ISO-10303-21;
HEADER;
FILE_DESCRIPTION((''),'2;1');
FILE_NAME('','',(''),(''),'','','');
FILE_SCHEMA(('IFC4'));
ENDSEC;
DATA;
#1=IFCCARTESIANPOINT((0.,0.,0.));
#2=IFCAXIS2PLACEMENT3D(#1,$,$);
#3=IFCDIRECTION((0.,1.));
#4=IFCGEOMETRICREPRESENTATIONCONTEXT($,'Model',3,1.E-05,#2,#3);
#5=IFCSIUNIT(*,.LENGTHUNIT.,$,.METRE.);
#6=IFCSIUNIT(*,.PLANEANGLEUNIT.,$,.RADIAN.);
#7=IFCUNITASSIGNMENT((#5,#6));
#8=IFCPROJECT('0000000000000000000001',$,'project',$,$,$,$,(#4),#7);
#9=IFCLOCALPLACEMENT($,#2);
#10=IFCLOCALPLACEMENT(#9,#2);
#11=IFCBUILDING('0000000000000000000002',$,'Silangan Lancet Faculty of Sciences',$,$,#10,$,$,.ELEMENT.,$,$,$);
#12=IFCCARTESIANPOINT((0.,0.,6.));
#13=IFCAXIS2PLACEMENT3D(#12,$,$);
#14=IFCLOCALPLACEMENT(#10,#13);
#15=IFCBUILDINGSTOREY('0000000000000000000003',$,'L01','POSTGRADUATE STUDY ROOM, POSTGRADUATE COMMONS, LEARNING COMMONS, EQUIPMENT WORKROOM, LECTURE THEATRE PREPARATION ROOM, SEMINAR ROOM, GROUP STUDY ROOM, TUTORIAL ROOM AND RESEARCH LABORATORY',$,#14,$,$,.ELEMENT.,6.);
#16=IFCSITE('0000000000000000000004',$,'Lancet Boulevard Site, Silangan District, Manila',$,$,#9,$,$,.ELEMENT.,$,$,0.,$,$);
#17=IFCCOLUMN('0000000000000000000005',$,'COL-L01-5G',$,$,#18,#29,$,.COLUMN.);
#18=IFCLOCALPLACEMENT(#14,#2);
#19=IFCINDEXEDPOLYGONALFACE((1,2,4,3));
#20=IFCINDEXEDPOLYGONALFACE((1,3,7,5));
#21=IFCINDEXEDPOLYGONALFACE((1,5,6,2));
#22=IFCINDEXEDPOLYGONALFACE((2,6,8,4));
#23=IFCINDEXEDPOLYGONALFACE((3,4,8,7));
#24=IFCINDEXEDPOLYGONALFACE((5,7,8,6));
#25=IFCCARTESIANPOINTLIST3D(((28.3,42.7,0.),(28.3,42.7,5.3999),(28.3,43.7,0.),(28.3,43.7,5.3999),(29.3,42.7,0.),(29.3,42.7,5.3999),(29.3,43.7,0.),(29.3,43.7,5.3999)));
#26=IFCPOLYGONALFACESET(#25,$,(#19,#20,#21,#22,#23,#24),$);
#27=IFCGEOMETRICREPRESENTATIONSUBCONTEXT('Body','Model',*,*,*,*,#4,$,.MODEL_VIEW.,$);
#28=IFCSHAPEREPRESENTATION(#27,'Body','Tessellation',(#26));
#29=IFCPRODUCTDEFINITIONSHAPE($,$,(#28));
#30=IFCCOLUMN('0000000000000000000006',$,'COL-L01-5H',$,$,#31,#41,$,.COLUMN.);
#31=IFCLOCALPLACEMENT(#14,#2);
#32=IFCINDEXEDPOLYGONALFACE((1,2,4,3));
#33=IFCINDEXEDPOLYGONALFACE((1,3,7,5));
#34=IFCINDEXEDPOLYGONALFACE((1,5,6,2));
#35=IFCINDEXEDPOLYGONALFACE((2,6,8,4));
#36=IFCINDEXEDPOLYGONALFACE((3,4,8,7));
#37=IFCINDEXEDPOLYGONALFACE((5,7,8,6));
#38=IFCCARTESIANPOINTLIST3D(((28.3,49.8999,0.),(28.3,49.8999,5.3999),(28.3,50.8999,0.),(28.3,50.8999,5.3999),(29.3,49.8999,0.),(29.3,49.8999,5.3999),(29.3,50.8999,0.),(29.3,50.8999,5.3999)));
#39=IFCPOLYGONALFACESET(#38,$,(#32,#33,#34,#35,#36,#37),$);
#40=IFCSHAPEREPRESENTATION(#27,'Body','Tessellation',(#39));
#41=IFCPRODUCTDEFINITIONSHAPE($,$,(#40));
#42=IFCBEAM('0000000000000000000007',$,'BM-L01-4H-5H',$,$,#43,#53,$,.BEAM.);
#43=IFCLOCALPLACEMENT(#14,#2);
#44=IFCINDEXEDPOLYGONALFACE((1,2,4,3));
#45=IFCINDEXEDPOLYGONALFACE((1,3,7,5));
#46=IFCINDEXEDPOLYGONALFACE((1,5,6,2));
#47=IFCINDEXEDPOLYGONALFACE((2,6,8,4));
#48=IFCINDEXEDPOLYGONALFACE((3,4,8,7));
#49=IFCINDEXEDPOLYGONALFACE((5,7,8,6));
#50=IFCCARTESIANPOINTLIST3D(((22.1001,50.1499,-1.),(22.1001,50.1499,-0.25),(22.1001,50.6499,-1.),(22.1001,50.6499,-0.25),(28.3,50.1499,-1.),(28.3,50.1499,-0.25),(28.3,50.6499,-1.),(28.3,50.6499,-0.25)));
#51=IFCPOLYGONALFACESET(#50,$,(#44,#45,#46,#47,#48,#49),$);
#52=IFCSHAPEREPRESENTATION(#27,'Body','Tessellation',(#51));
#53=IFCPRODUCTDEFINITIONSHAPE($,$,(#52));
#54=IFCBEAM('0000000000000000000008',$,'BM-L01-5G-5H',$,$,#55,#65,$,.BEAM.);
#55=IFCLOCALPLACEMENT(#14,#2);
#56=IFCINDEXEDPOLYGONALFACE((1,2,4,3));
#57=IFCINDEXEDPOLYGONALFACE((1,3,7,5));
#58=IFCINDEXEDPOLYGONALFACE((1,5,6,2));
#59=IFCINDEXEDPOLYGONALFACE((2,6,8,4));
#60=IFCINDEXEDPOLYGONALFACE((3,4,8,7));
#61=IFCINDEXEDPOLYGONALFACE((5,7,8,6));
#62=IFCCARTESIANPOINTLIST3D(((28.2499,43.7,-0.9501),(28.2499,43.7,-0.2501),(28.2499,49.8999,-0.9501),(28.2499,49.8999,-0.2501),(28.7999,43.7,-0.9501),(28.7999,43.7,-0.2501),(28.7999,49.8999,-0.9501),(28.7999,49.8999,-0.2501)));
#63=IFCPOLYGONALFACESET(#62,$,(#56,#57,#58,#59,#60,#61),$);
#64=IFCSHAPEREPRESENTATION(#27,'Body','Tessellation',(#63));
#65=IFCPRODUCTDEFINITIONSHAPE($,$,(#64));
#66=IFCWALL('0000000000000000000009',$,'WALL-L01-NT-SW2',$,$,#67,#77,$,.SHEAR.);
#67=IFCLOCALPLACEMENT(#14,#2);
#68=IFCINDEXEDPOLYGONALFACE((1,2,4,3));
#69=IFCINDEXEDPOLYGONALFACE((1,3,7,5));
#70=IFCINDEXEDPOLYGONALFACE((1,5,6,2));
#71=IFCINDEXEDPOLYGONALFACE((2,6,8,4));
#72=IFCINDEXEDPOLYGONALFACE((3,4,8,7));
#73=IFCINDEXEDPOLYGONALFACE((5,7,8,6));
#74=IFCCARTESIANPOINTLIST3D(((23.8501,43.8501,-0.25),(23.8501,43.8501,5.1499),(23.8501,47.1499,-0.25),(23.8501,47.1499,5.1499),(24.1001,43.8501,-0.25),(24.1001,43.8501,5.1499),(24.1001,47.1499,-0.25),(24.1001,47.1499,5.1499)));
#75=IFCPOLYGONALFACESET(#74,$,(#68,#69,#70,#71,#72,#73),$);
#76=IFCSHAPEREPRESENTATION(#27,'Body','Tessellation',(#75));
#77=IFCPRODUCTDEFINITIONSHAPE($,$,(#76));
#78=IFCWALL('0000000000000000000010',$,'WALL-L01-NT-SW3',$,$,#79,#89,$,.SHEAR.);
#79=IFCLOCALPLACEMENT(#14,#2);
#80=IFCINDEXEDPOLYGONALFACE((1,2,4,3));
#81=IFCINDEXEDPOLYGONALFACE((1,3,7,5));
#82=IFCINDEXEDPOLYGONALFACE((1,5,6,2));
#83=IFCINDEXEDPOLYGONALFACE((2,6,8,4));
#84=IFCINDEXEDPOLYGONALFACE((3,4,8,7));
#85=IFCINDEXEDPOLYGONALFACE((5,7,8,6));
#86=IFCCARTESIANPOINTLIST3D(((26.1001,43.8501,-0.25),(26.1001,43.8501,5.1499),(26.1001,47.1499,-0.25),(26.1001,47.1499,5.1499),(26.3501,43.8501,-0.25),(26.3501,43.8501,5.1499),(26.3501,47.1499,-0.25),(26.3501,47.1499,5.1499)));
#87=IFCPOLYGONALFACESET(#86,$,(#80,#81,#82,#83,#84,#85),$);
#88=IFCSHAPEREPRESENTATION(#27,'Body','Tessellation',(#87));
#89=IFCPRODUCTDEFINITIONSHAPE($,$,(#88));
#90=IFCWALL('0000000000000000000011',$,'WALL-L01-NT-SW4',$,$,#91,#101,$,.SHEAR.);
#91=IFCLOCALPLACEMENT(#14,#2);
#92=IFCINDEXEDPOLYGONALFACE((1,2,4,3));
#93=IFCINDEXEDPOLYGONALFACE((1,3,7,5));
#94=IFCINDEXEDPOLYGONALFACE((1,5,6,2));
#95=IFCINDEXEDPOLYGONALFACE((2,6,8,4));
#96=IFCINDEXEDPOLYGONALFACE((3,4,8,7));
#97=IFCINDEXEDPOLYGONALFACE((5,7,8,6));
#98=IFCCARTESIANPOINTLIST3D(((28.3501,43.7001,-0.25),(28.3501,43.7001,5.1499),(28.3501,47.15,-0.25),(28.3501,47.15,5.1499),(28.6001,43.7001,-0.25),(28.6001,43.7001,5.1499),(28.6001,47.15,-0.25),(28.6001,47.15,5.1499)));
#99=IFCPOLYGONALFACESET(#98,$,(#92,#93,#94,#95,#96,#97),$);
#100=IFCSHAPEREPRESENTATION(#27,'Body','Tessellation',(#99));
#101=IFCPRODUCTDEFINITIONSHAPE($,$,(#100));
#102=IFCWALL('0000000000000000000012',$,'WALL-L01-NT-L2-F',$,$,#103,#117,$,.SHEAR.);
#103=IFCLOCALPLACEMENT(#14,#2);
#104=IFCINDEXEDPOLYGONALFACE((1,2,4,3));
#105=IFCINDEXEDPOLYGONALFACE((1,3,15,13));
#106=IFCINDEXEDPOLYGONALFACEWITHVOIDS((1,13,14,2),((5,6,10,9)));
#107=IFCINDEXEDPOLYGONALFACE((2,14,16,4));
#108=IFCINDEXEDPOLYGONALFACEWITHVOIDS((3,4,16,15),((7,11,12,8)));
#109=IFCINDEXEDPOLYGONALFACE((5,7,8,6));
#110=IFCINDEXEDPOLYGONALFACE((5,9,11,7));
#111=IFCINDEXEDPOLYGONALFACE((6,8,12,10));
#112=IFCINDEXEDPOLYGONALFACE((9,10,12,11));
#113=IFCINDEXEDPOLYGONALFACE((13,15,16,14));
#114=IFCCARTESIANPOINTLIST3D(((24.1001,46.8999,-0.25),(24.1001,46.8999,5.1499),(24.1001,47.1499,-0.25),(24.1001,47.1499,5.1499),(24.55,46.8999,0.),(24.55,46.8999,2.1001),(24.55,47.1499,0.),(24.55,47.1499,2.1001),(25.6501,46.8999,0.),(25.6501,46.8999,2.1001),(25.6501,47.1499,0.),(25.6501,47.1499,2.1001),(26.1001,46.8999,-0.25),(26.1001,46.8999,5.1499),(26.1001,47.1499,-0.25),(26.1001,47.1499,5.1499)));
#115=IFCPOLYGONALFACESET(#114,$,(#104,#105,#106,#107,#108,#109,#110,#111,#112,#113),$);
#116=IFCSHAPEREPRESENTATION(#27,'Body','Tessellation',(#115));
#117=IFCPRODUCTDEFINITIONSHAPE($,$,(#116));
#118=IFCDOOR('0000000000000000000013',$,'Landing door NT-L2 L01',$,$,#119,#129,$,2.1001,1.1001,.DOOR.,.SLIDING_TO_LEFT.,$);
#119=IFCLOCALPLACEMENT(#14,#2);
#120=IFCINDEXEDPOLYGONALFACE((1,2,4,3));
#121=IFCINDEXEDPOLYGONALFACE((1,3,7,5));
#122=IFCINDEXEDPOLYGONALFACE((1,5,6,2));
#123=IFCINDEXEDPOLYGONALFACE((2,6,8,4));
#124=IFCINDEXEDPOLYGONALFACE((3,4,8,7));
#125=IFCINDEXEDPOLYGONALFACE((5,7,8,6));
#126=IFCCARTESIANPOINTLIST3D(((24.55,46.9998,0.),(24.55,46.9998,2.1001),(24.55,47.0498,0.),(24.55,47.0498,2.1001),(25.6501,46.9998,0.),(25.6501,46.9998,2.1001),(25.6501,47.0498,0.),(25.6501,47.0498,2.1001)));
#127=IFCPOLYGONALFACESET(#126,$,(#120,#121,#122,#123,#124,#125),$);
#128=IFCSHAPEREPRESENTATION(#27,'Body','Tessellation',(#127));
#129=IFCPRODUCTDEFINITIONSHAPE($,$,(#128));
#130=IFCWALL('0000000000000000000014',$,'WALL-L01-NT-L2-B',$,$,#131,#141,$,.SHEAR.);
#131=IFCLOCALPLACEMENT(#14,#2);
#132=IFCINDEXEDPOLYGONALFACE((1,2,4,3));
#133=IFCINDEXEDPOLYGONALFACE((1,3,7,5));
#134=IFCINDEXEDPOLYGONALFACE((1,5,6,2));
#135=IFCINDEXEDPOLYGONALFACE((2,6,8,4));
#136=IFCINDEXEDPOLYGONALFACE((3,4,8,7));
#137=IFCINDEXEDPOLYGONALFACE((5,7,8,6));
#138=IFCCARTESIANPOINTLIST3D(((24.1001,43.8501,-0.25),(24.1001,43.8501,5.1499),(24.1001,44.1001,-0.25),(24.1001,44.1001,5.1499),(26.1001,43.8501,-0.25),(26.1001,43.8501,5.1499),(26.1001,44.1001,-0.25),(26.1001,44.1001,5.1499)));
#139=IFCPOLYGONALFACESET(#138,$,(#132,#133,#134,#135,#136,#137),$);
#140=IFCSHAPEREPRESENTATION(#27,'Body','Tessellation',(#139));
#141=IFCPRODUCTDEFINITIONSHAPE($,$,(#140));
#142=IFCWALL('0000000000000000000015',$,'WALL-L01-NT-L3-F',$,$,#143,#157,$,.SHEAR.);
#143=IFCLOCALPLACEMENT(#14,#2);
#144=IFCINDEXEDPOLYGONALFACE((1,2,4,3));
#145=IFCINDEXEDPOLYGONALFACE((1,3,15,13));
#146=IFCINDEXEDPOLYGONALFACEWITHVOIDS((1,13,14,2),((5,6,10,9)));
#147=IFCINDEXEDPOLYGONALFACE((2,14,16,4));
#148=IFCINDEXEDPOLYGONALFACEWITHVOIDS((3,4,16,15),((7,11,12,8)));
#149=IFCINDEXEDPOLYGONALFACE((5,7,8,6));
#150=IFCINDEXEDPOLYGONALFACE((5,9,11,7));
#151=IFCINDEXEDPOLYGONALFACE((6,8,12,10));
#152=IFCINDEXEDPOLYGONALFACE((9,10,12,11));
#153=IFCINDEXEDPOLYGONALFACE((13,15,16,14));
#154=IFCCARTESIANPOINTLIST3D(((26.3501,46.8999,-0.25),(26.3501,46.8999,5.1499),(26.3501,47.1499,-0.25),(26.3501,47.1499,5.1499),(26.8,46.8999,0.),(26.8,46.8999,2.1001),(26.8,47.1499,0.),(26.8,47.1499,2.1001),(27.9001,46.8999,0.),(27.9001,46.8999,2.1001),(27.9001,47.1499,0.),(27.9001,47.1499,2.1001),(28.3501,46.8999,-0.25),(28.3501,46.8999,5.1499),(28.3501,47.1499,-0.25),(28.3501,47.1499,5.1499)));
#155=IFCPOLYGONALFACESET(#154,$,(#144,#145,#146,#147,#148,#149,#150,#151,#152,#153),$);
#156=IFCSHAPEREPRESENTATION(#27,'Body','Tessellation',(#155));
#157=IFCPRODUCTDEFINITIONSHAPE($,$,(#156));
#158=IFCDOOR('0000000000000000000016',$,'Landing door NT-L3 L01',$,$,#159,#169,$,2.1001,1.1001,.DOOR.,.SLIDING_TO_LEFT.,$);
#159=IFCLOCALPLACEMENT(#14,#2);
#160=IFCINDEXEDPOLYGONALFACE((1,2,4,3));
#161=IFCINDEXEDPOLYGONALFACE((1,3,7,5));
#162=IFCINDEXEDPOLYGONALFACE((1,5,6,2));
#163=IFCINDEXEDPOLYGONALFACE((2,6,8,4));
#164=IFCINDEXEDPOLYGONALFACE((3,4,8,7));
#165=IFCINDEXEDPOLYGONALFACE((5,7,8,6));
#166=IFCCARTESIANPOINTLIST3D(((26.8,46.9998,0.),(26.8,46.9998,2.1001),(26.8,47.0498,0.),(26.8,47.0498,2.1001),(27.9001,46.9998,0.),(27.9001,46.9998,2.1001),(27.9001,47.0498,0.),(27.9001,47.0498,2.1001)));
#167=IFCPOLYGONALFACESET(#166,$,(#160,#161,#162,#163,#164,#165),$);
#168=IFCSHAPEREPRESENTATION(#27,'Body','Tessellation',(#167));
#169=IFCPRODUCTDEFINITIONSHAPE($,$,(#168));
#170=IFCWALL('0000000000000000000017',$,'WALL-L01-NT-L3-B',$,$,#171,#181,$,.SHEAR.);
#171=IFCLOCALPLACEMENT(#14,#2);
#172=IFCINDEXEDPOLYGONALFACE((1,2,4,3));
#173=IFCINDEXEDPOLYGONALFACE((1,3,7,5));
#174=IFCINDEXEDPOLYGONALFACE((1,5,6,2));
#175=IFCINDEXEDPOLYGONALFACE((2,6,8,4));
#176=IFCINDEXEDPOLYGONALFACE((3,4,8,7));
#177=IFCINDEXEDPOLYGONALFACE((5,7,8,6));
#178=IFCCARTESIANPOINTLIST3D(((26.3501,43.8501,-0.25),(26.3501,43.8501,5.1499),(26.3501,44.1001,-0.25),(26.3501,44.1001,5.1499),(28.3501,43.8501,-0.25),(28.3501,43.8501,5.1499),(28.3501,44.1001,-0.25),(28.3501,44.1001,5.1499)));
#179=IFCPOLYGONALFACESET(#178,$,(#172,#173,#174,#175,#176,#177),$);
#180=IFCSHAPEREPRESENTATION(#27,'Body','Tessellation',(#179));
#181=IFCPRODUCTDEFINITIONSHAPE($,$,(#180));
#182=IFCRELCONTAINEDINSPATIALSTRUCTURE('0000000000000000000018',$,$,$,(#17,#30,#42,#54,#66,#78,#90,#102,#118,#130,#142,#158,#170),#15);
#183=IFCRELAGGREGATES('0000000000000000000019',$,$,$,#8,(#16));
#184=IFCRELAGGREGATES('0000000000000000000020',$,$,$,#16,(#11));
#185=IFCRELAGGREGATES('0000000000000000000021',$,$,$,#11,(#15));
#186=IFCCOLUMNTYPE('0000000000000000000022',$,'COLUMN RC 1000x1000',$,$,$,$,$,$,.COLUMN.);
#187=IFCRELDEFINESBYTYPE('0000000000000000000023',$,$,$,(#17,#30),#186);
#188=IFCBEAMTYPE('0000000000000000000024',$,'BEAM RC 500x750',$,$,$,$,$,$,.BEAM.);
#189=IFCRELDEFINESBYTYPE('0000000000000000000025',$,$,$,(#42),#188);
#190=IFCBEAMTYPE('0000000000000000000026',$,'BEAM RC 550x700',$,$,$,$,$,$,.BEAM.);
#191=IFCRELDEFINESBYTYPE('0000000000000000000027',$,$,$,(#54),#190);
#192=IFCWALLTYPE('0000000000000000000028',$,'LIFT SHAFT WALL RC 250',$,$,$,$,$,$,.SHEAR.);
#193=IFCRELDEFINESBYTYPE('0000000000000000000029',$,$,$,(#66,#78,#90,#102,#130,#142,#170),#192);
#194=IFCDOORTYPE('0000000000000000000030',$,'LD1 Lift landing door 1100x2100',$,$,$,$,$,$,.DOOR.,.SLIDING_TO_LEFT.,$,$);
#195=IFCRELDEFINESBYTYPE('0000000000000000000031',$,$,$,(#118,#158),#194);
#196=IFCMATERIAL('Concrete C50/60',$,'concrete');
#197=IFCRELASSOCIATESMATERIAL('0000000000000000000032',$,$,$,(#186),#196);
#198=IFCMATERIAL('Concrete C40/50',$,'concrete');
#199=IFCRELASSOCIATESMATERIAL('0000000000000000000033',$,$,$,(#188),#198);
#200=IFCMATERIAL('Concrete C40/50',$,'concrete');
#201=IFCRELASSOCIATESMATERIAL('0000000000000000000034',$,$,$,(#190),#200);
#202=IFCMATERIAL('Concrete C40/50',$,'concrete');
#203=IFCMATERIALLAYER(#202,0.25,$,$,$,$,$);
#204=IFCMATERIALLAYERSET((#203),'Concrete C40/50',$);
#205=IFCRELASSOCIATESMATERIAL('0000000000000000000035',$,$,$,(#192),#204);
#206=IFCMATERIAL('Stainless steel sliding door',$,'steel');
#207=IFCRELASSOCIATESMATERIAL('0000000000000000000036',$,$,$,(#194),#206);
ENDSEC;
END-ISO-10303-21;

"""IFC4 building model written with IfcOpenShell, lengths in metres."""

from ifc_helpers import new_model, si_unit, direction, frame, frame_2d, origin, origin_2d, place, context, subcontext, project, spatial, rectangle, extrude, material, layer, layer_set, material_profile, profile_set, type_object, element, fill, save


model = new_model("IFC4")

# Units and contexts
model_context = context("Model", 3, precision=1e-05, world=origin(), true_north=direction((0.0, 1.0)))
body_context = subcontext(model_context, "Body", "Model", "MODEL_VIEW")
ifc_project = project(units=[si_unit("LENGTHUNIT", "METRE"), si_unit("PLANEANGLEUNIT", "RADIAN")], contexts=[model_context])

# Site, building, storey
site_placement = place(None, origin())
site = spatial("IfcSite", under=ifc_project, at=site_placement, Name="Lancet Boulevard Site, Silangan District, Manila", CompositionType="ELEMENT", RefElevation=0.0)
building_placement = place(site_placement, origin())
building = spatial("IfcBuilding", under=site, at=building_placement, Name="Silangan Lancet Faculty of Sciences", CompositionType="ELEMENT")
storey_placement = place(building_placement, frame((0.0, 0.0, 6.0)))
storey = spatial("IfcBuildingStorey", under=building, at=storey_placement, Name="L01", Description="POSTGRADUATE STUDY ROOM, POSTGRADUATE COMMONS, LEARNING COMMONS, EQUIPMENT WORKROOM, LECTURE THEATRE PREPARATION ROOM, SEMINAR ROOM, GROUP STUDY ROOM, TUTORIAL ROOM AND RESEARCH LABORATORY", CompositionType="ELEMENT", Elevation=6.0)

# Columns
ifc_material_1 = material(Name="Concrete C50/60", Category="concrete")
ifc_material_profile_1 = material_profile(ifc_material_1, rectangle(XDim=1.0, YDim=1.0, at=origin_2d()), Name="RC 1000x1000")
ifc_profile_set_1 = profile_set([ifc_material_profile_1], Name="Concrete C50/60")
column_type = type_object("IfcColumnType", Name="COLUMN RC 1000x1000", PredefinedType="COLUMN", material=ifc_profile_set_1)
for number, where, z_axis, x_axis, name in (
    (1, (28.8, 43.2, 0.0), (0.0, 0.0, 1.0), (1.0, 0.0, 0.0), "COL-L01-5G"),
    (2, (28.8, 50.3999, 0.0), (0.0, 0.0, 1.0), (1.0, 0.0, 0.0), "COL-L01-5H"),
):
    element("IfcColumn", number, at=place(storey_placement, frame(where, z_axis=z_axis, x_axis=x_axis)), inside=storey, type_object=column_type, Name=name, PredefinedType="COLUMN", context=body_context, shape_type="SweptSolid", body=[
        extrude(rectangle(XDim=1.0, YDim=1.0, at=origin_2d()), origin(), (0.0, 0.0, 1.0), 5.3999),
    ])

# Beams
ifc_material_2 = material(Name="Concrete C40/50", Category="concrete")
ifc_material_profile_2 = material_profile(ifc_material_2, rectangle(XDim=0.5, YDim=0.75, at=origin_2d()), Name="RC 500x750")
ifc_profile_set_2 = profile_set([ifc_material_profile_2], Name="Concrete C40/50")
beam_type_1 = type_object("IfcBeamType", Name="BEAM RC 500x750", PredefinedType="BEAM", material=ifc_profile_set_2)
beam_1_placement = place(storey_placement, frame((22.1001, 50.3999, -0.625), z_axis=(1.0, 0.0, 0.0), x_axis=(0.0, 1.0, 0.0)))
element("IfcBeam", 3, at=beam_1_placement, inside=storey, type_object=beam_type_1, Name="BM-L01-4H-5H", PredefinedType="BEAM", context=body_context, shape_type="SweptSolid", body=[
    extrude(rectangle(XDim=0.5, YDim=0.75, at=origin_2d()), origin(), (0.0, 0.0, 1.0), 6.2),
])
ifc_material_3 = material(Name="Concrete C40/50", Category="concrete")
ifc_material_profile_3 = material_profile(ifc_material_3, rectangle(XDim=0.55, YDim=0.7, at=origin_2d()), Name="RC 550x700")
ifc_profile_set_3 = profile_set([ifc_material_profile_3], Name="Concrete C40/50")
beam_type_2 = type_object("IfcBeamType", Name="BEAM RC 550x700", PredefinedType="BEAM", material=ifc_profile_set_3)
beam_2_placement = place(storey_placement, frame((28.5249, 43.7, -0.6001), z_axis=(0.0, 1.0, 0.0), x_axis=(-1.0, 0.0, 0.0)))
element("IfcBeam", 4, at=beam_2_placement, inside=storey, type_object=beam_type_2, Name="BM-L01-5G-5H", PredefinedType="BEAM", context=body_context, shape_type="SweptSolid", body=[
    extrude(rectangle(XDim=0.55, YDim=0.7, at=origin_2d()), origin(), (0.0, 0.0, 1.0), 6.2),
])

# Walls
ifc_material_4 = material(Name="Concrete C40/50", Category="concrete")
ifc_layer_1 = layer(ifc_material_4, 0.25)
ifc_layer_set_1 = layer_set([ifc_layer_1], Name="Concrete C40/50")
wall_type_1 = type_object("IfcWallType", Name="LIFT SHAFT WALL RC 250", PredefinedType="SHEAR", material=ifc_layer_set_1)
for number, where, z_axis, x_axis, name in (
    (5, (23.9751, 43.8501, -0.25), (0.0, 0.0, 1.0), (0.0, 1.0, 0.0), "WALL-L01-NT-SW2"),
    (6, (26.2251, 43.8501, -0.25), (0.0, 0.0, 1.0), (0.0, 1.0, 0.0), "WALL-L01-NT-SW3"),
):
    element("IfcWall", number, at=place(storey_placement, frame(where, z_axis=z_axis, x_axis=x_axis)), inside=storey, type_object=wall_type_1, Name=name, PredefinedType="SHEAR", context=body_context, shape_type="SweptSolid", body=[
        extrude(rectangle(XDim=3.2998, YDim=0.25, at=frame_2d((1.6499, 0.0))), origin(), (0.0, 0.0, 1.0), 5.3999),
    ])
wall_1_placement = place(storey_placement, frame((28.4751, 43.7, -0.25), z_axis=(0.0, 0.0, 1.0), x_axis=(0.0, 1.0, 0.0)))
element("IfcWall", 7, at=wall_1_placement, inside=storey, type_object=wall_type_1, Name="WALL-L01-NT-SW4", PredefinedType="SHEAR", context=body_context, shape_type="SweptSolid", body=[
    extrude(rectangle(XDim=3.45, YDim=0.25, at=frame_2d((1.7251, 0.0))), origin(), (0.0, 0.0, 1.0), 5.3999),
])

# Wall, opening, door
wall_2_placement = place(storey_placement, frame((24.1001, 47.0249, -0.25), z_axis=(0.0, 0.0, 1.0), x_axis=(1.0, 0.0, 0.0)))
wall_2 = element("IfcWall", 8, at=wall_2_placement, inside=storey, type_object=wall_type_1, Name="WALL-L01-NT-L2-F", PredefinedType="SHEAR", context=body_context, shape_type="SweptSolid", body=[
    extrude(rectangle(XDim=2.0, YDim=0.25, at=frame_2d((1.0, 0.0))), origin(), (0.0, 0.0, 1.0), 5.3999),
])
opening_1_placement = place(wall_2_placement, frame((0.45, 0.0, 0.25)))
opening_1 = element("IfcOpeningElement", 9, at=opening_1_placement, cuts=wall_2, PredefinedType="OPENING", context=body_context, shape_type="SweptSolid", body=[
    extrude(rectangle(XDim=1.1001, YDim=2.1001, at=frame_2d((0.55, 1.05))), frame((0.0, 0.135, 0.0), z_axis=(0.0, -1.0, 0.0), x_axis=(1.0, 0.0, 0.0)), (0.0, 0.0, 1.0), 0.27),
])
ifc_material_5 = material(Name="Stainless steel sliding door", Category="steel")
door_type_1 = type_object("IfcDoorType", Name="LD1 Lift landing door 1100x2100", OperationType="SLIDING_TO_LEFT", PredefinedType="DOOR", material=ifc_material_5)
door_1_placement = place(opening_1_placement, origin())
door_1 = element("IfcDoor", 10, at=door_1_placement, inside=storey, type_object=door_type_1, Name="Landing door NT-L2 L01", OperationType="SLIDING_TO_LEFT", OverallHeight=2.1001, OverallWidth=1.1001, PredefinedType="DOOR", context=body_context, shape_type="SweptSolid", body=[
    extrude(rectangle(XDim=1.1001, YDim=2.1001, at=frame_2d((0.55, 1.05))), frame((0.0, 0.0249, 0.0), z_axis=(0.0, -1.0, 0.0), x_axis=(1.0, 0.0, 0.0)), (0.0, 0.0, 1.0), 0.05),
])
fill(opening_1, door_1)

# Wall
wall_3_placement = place(storey_placement, frame((24.1001, 43.9751, -0.25), z_axis=(0.0, 0.0, 1.0), x_axis=(1.0, 0.0, 0.0)))
element("IfcWall", 11, at=wall_3_placement, inside=storey, type_object=wall_type_1, Name="WALL-L01-NT-L2-B", PredefinedType="SHEAR", context=body_context, shape_type="SweptSolid", body=[
    extrude(rectangle(XDim=2.0, YDim=0.25, at=frame_2d((1.0, 0.0))), origin(), (0.0, 0.0, 1.0), 5.3999),
])

# Wall, opening, door
wall_4_placement = place(storey_placement, frame((26.3501, 47.0249, -0.25), z_axis=(0.0, 0.0, 1.0), x_axis=(1.0, 0.0, 0.0)))
wall_4 = element("IfcWall", 12, at=wall_4_placement, inside=storey, type_object=wall_type_1, Name="WALL-L01-NT-L3-F", PredefinedType="SHEAR", context=body_context, shape_type="SweptSolid", body=[
    extrude(rectangle(XDim=2.0, YDim=0.25, at=frame_2d((1.0, 0.0))), origin(), (0.0, 0.0, 1.0), 5.3999),
])
opening_2_placement = place(wall_4_placement, frame((0.45, 0.0, 0.25)))
opening_2 = element("IfcOpeningElement", 13, at=opening_2_placement, cuts=wall_4, PredefinedType="OPENING", context=body_context, shape_type="SweptSolid", body=[
    extrude(rectangle(XDim=1.1001, YDim=2.1001, at=frame_2d((0.55, 1.05))), frame((0.0, 0.135, 0.0), z_axis=(0.0, -1.0, 0.0), x_axis=(1.0, 0.0, 0.0)), (0.0, 0.0, 1.0), 0.27),
])
door_2_placement = place(opening_2_placement, origin())
door_2 = element("IfcDoor", 14, at=door_2_placement, inside=storey, type_object=door_type_1, Name="Landing door NT-L3 L01", OperationType="SLIDING_TO_LEFT", OverallHeight=2.1001, OverallWidth=1.1001, PredefinedType="DOOR", context=body_context, shape_type="SweptSolid", body=[
    extrude(rectangle(XDim=1.1001, YDim=2.1001, at=frame_2d((0.55, 1.05))), frame((0.0, 0.0249, 0.0), z_axis=(0.0, -1.0, 0.0), x_axis=(1.0, 0.0, 0.0)), (0.0, 0.0, 1.0), 0.05),
])
fill(opening_2, door_2)

# Wall
wall_5_placement = place(storey_placement, frame((26.3501, 43.9751, -0.25), z_axis=(0.0, 0.0, 1.0), x_axis=(1.0, 0.0, 0.0)))
element("IfcWall", 15, at=wall_5_placement, inside=storey, type_object=wall_type_1, Name="WALL-L01-NT-L3-B", PredefinedType="SHEAR", context=body_context, shape_type="SweptSolid", body=[
    extrude(rectangle(XDim=2.0, YDim=0.25, at=frame_2d((1.0, 0.0))), origin(), (0.0, 0.0, 1.0), 5.3999),
])

save(model, "model.ifc")
